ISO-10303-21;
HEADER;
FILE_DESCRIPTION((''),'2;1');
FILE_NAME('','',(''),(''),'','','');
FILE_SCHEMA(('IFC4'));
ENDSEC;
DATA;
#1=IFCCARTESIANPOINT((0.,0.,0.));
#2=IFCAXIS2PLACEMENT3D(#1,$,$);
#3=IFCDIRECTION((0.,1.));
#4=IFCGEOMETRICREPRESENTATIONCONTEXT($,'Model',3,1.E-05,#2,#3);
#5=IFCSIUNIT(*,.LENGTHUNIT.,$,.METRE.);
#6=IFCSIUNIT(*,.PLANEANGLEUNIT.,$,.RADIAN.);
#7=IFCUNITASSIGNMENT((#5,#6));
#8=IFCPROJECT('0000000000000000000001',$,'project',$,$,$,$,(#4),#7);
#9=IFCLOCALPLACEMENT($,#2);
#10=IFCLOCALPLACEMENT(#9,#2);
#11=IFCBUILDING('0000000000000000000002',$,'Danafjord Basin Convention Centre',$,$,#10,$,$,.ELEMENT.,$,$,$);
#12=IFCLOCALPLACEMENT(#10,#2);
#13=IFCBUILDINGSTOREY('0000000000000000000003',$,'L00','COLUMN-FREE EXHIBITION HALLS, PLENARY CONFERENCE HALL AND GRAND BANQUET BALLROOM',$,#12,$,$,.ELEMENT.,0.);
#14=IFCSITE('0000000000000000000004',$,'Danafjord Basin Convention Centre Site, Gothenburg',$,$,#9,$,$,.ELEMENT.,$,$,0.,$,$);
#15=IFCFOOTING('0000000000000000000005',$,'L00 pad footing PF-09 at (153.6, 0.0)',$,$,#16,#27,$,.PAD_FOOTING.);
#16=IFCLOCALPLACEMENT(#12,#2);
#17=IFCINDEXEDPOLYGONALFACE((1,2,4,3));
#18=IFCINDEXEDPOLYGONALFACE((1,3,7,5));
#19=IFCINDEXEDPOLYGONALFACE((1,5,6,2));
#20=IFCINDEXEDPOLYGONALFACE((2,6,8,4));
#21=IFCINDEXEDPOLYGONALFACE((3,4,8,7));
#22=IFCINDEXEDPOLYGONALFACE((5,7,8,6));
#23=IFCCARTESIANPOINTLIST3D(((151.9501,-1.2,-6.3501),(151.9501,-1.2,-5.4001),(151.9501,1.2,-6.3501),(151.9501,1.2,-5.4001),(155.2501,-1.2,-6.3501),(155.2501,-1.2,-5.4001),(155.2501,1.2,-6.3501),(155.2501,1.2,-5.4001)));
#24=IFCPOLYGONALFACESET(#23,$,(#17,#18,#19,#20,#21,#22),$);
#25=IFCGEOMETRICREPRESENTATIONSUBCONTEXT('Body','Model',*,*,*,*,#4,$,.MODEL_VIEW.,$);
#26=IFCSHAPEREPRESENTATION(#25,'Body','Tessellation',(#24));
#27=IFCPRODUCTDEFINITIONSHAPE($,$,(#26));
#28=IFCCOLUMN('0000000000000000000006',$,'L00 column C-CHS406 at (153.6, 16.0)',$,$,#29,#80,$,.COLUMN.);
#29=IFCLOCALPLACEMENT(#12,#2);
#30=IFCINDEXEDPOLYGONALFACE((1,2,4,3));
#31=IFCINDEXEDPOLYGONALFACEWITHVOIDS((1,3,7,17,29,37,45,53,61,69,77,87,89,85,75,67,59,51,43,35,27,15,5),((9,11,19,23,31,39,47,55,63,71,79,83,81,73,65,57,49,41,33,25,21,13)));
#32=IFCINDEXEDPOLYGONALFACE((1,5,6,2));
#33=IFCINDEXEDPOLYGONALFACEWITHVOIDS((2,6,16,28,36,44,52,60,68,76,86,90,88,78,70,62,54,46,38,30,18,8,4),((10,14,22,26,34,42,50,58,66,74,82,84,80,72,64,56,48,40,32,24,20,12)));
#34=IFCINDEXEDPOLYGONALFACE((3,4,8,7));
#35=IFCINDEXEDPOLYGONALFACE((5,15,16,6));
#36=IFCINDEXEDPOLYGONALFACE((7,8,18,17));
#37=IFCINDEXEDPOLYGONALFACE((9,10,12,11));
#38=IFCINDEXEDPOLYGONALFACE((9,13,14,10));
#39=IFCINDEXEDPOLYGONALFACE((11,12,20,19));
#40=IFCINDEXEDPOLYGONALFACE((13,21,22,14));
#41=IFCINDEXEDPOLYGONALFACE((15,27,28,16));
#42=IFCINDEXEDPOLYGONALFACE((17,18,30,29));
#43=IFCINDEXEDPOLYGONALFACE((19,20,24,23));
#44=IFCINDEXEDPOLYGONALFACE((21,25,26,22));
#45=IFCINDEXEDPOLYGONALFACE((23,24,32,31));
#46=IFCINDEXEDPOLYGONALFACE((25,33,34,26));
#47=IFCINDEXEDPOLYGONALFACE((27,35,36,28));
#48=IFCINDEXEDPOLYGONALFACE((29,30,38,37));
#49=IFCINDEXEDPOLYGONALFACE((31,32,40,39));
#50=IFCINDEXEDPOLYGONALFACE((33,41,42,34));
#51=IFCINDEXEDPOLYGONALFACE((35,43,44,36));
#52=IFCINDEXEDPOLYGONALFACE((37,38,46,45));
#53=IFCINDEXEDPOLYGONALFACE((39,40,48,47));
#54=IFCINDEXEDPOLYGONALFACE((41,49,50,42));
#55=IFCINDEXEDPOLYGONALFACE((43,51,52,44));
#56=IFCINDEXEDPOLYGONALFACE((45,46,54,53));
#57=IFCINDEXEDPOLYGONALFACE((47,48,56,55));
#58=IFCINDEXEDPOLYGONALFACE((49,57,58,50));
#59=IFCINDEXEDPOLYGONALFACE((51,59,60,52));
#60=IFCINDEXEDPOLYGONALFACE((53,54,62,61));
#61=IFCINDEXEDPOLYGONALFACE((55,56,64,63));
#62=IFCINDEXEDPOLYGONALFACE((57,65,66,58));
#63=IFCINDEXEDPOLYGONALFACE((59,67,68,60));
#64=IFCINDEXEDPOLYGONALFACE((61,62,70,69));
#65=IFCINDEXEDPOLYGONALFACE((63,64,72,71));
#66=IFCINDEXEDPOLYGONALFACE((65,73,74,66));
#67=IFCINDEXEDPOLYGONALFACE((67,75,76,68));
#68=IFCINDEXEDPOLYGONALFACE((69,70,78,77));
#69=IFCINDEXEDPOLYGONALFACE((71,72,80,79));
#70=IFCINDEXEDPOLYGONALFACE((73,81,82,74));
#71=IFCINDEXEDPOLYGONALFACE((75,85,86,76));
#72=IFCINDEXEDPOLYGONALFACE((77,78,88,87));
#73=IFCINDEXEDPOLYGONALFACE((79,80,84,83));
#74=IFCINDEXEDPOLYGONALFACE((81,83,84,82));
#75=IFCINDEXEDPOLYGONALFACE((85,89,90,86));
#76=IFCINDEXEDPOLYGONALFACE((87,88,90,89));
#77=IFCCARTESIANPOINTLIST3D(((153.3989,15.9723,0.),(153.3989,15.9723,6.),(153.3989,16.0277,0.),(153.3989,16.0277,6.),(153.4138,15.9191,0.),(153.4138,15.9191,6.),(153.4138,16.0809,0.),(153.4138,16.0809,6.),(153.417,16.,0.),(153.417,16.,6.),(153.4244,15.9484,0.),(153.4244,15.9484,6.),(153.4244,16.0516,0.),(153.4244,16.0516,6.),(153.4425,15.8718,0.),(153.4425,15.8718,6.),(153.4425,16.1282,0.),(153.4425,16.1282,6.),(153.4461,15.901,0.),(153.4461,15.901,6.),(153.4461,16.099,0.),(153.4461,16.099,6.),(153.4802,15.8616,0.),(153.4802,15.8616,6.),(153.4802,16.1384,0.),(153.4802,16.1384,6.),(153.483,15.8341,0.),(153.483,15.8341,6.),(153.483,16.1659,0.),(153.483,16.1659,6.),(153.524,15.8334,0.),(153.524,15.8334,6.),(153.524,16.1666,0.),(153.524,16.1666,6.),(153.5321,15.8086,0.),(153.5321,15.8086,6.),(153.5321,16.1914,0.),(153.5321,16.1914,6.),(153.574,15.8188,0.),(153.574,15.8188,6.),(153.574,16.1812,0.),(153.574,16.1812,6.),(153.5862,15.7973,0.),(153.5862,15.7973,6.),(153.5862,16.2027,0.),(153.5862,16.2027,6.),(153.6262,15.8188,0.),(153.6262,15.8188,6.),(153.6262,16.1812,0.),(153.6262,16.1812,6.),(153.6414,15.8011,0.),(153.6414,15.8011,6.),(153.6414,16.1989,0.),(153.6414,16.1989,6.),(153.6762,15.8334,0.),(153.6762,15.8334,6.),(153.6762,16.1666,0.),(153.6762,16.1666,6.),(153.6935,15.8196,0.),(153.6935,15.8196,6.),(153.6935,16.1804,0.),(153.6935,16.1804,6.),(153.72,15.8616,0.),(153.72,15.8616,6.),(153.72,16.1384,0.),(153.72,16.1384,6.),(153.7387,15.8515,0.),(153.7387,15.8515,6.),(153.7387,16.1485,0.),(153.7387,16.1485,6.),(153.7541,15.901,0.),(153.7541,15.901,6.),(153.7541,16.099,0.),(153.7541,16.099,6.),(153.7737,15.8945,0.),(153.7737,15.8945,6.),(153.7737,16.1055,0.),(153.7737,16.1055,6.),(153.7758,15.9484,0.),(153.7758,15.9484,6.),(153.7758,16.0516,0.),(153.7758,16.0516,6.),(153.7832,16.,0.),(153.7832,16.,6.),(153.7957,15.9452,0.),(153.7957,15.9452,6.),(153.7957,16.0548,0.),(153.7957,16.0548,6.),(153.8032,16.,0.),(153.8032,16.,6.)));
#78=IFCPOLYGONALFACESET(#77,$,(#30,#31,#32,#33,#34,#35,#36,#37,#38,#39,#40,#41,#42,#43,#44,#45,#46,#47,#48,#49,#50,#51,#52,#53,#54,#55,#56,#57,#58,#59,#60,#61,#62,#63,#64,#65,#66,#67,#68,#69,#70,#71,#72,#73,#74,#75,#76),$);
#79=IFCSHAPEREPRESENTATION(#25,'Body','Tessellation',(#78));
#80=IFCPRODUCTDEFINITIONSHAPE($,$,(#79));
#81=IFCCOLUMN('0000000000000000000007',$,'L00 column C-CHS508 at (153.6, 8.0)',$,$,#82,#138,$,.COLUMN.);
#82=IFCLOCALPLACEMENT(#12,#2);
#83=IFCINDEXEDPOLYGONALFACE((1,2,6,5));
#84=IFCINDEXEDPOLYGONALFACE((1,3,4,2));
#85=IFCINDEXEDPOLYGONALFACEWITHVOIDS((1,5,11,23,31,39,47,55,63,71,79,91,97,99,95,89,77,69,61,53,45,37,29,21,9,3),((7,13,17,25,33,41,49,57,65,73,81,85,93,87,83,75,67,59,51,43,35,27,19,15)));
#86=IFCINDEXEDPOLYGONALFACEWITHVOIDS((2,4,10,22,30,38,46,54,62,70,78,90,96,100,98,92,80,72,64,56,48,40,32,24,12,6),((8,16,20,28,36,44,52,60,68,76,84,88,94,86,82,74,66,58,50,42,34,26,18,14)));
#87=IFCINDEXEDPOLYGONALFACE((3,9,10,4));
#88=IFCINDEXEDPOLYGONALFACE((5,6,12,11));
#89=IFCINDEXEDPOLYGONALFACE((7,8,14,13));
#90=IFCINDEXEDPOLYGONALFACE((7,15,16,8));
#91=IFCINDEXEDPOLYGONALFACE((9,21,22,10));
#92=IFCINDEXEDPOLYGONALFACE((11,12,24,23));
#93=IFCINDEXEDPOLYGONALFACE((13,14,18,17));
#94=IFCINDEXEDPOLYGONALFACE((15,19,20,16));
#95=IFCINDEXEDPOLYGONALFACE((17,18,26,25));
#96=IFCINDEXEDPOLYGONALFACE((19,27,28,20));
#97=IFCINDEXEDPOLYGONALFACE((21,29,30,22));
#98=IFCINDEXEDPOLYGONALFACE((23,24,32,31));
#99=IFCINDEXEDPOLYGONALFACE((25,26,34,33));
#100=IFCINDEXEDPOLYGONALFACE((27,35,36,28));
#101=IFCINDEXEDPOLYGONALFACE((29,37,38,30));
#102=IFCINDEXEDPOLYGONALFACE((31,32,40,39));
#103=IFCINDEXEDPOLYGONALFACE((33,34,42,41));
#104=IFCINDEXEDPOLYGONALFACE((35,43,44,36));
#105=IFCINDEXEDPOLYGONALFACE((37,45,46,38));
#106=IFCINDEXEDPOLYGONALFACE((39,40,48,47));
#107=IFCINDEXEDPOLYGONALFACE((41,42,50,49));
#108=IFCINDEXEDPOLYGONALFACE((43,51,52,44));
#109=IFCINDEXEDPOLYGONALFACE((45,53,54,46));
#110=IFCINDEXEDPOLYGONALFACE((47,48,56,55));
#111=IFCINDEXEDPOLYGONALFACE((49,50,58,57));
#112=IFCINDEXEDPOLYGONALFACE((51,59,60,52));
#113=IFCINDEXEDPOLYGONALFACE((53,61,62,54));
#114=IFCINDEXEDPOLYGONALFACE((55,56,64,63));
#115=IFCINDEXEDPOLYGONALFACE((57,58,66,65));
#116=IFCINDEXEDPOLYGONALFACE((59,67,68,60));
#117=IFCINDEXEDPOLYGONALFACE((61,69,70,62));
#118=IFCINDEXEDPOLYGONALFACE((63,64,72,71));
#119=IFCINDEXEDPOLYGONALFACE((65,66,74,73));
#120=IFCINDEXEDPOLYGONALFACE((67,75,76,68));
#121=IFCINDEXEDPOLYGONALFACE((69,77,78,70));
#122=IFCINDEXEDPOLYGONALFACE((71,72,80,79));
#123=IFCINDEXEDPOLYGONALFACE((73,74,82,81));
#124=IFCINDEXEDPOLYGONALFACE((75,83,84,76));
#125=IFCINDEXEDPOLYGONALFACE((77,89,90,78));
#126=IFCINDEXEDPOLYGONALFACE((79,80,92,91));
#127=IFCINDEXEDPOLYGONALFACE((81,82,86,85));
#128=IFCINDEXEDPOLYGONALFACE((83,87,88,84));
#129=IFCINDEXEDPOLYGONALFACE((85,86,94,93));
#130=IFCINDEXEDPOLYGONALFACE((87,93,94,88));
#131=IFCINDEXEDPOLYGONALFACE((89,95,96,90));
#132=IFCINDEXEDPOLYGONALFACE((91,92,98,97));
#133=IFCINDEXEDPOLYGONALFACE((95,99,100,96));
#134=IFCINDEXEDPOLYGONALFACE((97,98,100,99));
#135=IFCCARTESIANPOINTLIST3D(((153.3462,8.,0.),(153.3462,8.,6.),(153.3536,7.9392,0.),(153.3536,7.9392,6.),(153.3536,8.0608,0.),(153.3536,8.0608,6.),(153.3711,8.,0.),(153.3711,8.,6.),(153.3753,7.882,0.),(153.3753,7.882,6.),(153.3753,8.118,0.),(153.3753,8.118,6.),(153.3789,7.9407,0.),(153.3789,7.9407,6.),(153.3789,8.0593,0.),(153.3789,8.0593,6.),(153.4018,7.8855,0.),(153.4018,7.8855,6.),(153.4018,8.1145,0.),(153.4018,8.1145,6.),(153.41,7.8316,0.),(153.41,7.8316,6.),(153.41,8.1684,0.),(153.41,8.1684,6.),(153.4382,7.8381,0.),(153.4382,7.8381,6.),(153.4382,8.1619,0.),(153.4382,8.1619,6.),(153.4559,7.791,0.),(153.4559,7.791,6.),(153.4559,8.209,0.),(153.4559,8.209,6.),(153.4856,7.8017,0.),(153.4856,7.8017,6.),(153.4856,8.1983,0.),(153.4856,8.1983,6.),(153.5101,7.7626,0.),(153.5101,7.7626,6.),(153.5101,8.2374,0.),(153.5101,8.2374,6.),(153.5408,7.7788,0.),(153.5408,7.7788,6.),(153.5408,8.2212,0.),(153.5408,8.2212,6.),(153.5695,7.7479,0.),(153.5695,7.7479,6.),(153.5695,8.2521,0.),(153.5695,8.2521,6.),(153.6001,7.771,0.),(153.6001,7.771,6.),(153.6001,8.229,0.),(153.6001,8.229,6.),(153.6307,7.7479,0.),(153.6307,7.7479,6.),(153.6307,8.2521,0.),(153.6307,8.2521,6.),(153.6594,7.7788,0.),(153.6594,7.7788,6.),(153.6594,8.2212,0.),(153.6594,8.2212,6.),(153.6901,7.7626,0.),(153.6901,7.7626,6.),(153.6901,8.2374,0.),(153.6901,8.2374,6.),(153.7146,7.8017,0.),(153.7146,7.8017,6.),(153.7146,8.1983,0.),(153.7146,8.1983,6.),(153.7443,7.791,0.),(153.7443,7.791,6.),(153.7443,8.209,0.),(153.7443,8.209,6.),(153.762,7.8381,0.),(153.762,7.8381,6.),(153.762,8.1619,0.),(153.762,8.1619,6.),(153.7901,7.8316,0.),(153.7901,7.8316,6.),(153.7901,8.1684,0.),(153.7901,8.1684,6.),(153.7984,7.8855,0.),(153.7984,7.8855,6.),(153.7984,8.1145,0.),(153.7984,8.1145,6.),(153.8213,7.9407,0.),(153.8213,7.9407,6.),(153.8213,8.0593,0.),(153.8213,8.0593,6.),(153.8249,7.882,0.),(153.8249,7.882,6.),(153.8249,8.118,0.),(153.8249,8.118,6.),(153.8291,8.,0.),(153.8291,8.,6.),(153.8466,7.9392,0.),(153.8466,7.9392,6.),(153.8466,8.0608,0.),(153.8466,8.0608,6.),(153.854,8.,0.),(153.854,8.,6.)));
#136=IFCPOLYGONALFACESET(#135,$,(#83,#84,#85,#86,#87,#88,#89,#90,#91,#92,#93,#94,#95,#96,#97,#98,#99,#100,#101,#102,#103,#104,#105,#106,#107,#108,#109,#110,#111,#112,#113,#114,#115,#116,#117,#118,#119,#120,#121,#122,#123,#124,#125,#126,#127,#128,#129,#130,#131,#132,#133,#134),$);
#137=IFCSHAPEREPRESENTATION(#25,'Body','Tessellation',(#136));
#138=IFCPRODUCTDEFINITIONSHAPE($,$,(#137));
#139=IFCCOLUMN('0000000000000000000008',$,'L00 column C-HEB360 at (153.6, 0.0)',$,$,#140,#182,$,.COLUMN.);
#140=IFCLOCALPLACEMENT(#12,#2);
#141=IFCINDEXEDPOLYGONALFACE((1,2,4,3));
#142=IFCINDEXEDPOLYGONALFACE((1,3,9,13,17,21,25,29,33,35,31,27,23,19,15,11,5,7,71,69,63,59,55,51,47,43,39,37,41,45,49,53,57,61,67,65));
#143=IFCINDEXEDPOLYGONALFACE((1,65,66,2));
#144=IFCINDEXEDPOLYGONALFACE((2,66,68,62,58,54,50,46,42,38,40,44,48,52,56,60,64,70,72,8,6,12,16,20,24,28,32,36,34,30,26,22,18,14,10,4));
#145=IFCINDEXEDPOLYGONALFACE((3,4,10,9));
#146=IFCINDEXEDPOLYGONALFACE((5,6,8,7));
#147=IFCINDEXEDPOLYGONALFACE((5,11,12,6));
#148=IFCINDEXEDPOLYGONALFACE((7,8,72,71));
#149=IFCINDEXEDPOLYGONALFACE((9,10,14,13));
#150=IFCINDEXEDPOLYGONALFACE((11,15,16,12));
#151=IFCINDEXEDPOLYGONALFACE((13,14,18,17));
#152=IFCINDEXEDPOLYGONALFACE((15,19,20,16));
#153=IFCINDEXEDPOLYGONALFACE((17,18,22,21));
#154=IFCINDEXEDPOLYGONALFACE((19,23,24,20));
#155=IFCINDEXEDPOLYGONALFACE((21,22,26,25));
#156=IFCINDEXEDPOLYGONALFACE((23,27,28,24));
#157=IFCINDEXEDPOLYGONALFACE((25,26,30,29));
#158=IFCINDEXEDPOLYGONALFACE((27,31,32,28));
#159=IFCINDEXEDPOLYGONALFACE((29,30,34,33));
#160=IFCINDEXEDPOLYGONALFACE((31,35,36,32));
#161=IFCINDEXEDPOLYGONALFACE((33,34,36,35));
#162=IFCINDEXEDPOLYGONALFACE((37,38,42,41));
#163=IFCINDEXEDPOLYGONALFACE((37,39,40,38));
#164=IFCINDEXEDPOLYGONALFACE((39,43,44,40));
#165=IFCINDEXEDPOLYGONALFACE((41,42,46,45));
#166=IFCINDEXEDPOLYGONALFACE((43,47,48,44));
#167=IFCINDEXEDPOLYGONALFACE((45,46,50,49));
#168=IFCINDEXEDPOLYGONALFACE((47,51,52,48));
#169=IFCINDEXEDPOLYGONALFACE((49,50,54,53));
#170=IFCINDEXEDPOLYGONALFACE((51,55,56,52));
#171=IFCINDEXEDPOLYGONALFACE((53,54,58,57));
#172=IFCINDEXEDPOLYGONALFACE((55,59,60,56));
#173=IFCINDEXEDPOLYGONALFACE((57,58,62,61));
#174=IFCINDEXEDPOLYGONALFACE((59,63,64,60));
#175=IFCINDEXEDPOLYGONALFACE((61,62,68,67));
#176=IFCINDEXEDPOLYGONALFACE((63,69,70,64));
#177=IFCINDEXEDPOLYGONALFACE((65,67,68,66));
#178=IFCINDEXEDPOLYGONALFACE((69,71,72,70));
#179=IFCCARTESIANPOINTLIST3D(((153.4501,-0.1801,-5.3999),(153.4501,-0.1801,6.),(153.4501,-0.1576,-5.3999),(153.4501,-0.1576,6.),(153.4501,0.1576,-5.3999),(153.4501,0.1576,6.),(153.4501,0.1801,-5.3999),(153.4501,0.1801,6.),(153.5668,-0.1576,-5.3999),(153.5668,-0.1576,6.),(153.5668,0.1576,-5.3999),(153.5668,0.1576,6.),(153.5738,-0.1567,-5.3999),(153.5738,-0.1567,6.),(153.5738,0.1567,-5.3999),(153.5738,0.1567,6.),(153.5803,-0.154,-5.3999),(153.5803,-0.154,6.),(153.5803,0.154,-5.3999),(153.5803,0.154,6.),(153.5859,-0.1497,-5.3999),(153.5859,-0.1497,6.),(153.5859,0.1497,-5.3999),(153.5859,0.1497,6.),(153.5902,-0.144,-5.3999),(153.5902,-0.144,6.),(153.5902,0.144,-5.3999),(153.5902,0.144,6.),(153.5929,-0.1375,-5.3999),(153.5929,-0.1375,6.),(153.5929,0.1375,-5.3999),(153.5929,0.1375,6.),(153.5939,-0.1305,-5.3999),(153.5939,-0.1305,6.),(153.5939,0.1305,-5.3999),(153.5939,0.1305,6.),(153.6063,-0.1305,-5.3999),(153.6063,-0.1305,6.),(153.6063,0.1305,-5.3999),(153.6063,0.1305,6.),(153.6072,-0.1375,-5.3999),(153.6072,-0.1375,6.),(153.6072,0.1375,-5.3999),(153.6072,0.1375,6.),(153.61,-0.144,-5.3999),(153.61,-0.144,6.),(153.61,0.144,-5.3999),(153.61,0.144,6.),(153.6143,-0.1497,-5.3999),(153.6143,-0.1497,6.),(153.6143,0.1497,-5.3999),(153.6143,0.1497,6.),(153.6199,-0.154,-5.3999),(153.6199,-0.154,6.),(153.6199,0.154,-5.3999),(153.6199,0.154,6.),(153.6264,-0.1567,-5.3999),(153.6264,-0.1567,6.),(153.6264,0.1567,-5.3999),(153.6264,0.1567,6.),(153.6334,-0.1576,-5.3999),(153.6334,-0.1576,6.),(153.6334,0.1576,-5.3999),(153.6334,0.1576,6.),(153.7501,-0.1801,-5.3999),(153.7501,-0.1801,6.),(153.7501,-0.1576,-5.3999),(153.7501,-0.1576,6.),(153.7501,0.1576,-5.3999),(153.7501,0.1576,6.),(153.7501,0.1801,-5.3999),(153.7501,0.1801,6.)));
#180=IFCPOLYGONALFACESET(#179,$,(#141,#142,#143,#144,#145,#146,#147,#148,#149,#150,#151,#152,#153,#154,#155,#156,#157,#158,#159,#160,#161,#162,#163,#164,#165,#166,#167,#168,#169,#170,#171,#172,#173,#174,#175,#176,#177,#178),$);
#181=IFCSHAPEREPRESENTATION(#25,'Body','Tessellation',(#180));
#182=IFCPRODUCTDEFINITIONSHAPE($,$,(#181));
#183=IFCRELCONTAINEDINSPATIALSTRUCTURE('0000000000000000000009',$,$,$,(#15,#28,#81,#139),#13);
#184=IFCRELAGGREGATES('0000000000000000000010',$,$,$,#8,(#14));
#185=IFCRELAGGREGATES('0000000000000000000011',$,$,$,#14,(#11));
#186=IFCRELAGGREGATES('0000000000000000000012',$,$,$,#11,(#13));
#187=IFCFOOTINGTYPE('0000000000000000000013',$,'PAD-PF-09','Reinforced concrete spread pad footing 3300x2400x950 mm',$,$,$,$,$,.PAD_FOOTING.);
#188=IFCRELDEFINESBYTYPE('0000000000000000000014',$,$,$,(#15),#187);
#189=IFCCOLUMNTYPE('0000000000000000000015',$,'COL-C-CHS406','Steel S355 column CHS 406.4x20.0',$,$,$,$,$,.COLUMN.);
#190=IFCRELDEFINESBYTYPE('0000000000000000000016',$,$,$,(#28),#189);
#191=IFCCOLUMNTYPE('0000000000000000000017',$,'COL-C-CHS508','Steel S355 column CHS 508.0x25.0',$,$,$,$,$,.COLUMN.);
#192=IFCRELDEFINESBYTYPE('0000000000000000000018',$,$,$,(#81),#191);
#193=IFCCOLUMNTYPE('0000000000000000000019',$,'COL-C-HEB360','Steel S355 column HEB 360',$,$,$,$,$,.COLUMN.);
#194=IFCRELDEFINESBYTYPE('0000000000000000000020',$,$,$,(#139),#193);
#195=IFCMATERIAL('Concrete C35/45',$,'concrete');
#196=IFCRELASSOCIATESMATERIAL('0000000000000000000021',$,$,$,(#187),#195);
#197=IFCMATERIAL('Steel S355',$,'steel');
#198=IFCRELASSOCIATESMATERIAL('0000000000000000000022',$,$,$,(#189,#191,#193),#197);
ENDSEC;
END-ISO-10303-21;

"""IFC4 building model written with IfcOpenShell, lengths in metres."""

from ifc_helpers import new_model, si_unit, direction, frame, origin, origin_2d, place, context, subcontext, project, spatial, rectangle, hollow_circle, i_section, extrude, material, material_profile, profile_set, type_object, element, save


model = new_model("IFC4")

# Units and contexts
model_context = context("Model", 3, precision=1e-05, world=origin(), true_north=direction((0.0, 1.0)))
body_context = subcontext(model_context, "Body", "Model", "MODEL_VIEW")
ifc_project = project(units=[si_unit("LENGTHUNIT", "METRE"), si_unit("PLANEANGLEUNIT", "RADIAN")], contexts=[model_context])

# Site, building, storey
site_placement = place(None, origin())
site = spatial("IfcSite", under=ifc_project, at=site_placement, Name="Danafjord Basin Convention Centre Site, Gothenburg", CompositionType="ELEMENT", RefElevation=0.0)
building_placement = place(site_placement, origin())
building = spatial("IfcBuilding", under=site, at=building_placement, Name="Danafjord Basin Convention Centre", CompositionType="ELEMENT")
storey_placement = place(building_placement, origin())
storey = spatial("IfcBuildingStorey", under=building, at=storey_placement, Name="L00", Description="COLUMN-FREE EXHIBITION HALLS, PLENARY CONFERENCE HALL AND GRAND BANQUET BALLROOM", CompositionType="ELEMENT", Elevation=0.0)

# Footing
ifc_material_1 = material(Name="Concrete C35/45", Category="concrete")
footing_type = type_object("IfcFootingType", Name="PAD-PF-09", Description="Reinforced concrete spread pad footing 3300x2400x950 mm", PredefinedType="PAD_FOOTING", material=ifc_material_1)
footing_placement = place(storey_placement, frame((153.6001, 0.0, -6.3501), z_axis=(0.0, 0.0, 1.0), x_axis=(1.0, 0.0, 0.0)))
element("IfcFooting", 1, at=footing_placement, inside=storey, type_object=footing_type, Name="L00 pad footing PF-09 at (153.6, 0.0)", PredefinedType="PAD_FOOTING", context=body_context, shape_type="SweptSolid", body=[
    extrude(rectangle(XDim=3.3, YDim=2.3999, at=origin_2d()), origin(), (0.0, 0.0, 1.0), 0.95),
])

# Columns
ifc_material_2 = material(Name="Steel S355", Category="steel")
ifc_material_profile_1 = material_profile(ifc_material_2, hollow_circle(Radius=0.2031, WallThickness=0.02, at=origin_2d()), Name="CHS 406.4x20.0")
ifc_profile_set_1 = profile_set([ifc_material_profile_1], Name="Steel S355")
column_type_1 = type_object("IfcColumnType", Name="COL-C-CHS406", Description="Steel S355 column CHS 406.4x20.0", PredefinedType="COLUMN", material=ifc_profile_set_1)
column_1_placement = place(storey_placement, frame((153.6001, 16.0, 0.0), z_axis=(0.0, 0.0, 1.0), x_axis=(1.0, 0.0, 0.0)))
element("IfcColumn", 2, at=column_1_placement, inside=storey, type_object=column_type_1, Name="L00 column C-CHS406 at (153.6, 16.0)", PredefinedType="COLUMN", context=body_context, shape_type="SweptSolid", body=[
    extrude(hollow_circle(Radius=0.2031, WallThickness=0.02, at=origin_2d()), origin(), (0.0, 0.0, 1.0), 6.0),
])
ifc_material_profile_2 = material_profile(ifc_material_2, hollow_circle(Radius=0.2539, WallThickness=0.0249, at=origin_2d()), Name="CHS 508.0x25.0")
ifc_profile_set_2 = profile_set([ifc_material_profile_2], Name="Steel S355")
column_type_2 = type_object("IfcColumnType", Name="COL-C-CHS508", Description="Steel S355 column CHS 508.0x25.0", PredefinedType="COLUMN", material=ifc_profile_set_2)
column_2_placement = place(storey_placement, frame((153.6001, 8.0, 0.0), z_axis=(0.0, 0.0, 1.0), x_axis=(1.0, 0.0, 0.0)))
element("IfcColumn", 3, at=column_2_placement, inside=storey, type_object=column_type_2, Name="L00 column C-CHS508 at (153.6, 8.0)", PredefinedType="COLUMN", context=body_context, shape_type="SweptSolid", body=[
    extrude(hollow_circle(Radius=0.2539, WallThickness=0.0249, at=origin_2d()), origin(), (0.0, 0.0, 1.0), 6.0),
])
ifc_material_profile_3 = material_profile(ifc_material_2, i_section(OverallWidth=0.3, OverallDepth=0.3601, WebThickness=0.0125, FlangeThickness=0.0225, FilletRadius=0.0271, at=origin_2d()), Name="HEB 360")
ifc_profile_set_3 = profile_set([ifc_material_profile_3], Name="Steel S355")
column_type_3 = type_object("IfcColumnType", Name="COL-C-HEB360", Description="Steel S355 column HEB 360", PredefinedType="COLUMN", material=ifc_profile_set_3)
column_3_placement = place(storey_placement, frame((153.6001, 0.0, -5.3999), z_axis=(0.0, 0.0, 1.0), x_axis=(1.0, 0.0, 0.0)))
element("IfcColumn", 4, at=column_3_placement, inside=storey, type_object=column_type_3, Name="L00 column C-HEB360 at (153.6, 0.0)", PredefinedType="COLUMN", context=body_context, shape_type="SweptSolid", body=[
    extrude(i_section(OverallWidth=0.3, OverallDepth=0.3601, WebThickness=0.0125, FlangeThickness=0.0225, FilletRadius=0.0271, at=origin_2d()), origin(), (0.0, 0.0, 1.0), 11.3999),
])

save(model, "model.ifc")
